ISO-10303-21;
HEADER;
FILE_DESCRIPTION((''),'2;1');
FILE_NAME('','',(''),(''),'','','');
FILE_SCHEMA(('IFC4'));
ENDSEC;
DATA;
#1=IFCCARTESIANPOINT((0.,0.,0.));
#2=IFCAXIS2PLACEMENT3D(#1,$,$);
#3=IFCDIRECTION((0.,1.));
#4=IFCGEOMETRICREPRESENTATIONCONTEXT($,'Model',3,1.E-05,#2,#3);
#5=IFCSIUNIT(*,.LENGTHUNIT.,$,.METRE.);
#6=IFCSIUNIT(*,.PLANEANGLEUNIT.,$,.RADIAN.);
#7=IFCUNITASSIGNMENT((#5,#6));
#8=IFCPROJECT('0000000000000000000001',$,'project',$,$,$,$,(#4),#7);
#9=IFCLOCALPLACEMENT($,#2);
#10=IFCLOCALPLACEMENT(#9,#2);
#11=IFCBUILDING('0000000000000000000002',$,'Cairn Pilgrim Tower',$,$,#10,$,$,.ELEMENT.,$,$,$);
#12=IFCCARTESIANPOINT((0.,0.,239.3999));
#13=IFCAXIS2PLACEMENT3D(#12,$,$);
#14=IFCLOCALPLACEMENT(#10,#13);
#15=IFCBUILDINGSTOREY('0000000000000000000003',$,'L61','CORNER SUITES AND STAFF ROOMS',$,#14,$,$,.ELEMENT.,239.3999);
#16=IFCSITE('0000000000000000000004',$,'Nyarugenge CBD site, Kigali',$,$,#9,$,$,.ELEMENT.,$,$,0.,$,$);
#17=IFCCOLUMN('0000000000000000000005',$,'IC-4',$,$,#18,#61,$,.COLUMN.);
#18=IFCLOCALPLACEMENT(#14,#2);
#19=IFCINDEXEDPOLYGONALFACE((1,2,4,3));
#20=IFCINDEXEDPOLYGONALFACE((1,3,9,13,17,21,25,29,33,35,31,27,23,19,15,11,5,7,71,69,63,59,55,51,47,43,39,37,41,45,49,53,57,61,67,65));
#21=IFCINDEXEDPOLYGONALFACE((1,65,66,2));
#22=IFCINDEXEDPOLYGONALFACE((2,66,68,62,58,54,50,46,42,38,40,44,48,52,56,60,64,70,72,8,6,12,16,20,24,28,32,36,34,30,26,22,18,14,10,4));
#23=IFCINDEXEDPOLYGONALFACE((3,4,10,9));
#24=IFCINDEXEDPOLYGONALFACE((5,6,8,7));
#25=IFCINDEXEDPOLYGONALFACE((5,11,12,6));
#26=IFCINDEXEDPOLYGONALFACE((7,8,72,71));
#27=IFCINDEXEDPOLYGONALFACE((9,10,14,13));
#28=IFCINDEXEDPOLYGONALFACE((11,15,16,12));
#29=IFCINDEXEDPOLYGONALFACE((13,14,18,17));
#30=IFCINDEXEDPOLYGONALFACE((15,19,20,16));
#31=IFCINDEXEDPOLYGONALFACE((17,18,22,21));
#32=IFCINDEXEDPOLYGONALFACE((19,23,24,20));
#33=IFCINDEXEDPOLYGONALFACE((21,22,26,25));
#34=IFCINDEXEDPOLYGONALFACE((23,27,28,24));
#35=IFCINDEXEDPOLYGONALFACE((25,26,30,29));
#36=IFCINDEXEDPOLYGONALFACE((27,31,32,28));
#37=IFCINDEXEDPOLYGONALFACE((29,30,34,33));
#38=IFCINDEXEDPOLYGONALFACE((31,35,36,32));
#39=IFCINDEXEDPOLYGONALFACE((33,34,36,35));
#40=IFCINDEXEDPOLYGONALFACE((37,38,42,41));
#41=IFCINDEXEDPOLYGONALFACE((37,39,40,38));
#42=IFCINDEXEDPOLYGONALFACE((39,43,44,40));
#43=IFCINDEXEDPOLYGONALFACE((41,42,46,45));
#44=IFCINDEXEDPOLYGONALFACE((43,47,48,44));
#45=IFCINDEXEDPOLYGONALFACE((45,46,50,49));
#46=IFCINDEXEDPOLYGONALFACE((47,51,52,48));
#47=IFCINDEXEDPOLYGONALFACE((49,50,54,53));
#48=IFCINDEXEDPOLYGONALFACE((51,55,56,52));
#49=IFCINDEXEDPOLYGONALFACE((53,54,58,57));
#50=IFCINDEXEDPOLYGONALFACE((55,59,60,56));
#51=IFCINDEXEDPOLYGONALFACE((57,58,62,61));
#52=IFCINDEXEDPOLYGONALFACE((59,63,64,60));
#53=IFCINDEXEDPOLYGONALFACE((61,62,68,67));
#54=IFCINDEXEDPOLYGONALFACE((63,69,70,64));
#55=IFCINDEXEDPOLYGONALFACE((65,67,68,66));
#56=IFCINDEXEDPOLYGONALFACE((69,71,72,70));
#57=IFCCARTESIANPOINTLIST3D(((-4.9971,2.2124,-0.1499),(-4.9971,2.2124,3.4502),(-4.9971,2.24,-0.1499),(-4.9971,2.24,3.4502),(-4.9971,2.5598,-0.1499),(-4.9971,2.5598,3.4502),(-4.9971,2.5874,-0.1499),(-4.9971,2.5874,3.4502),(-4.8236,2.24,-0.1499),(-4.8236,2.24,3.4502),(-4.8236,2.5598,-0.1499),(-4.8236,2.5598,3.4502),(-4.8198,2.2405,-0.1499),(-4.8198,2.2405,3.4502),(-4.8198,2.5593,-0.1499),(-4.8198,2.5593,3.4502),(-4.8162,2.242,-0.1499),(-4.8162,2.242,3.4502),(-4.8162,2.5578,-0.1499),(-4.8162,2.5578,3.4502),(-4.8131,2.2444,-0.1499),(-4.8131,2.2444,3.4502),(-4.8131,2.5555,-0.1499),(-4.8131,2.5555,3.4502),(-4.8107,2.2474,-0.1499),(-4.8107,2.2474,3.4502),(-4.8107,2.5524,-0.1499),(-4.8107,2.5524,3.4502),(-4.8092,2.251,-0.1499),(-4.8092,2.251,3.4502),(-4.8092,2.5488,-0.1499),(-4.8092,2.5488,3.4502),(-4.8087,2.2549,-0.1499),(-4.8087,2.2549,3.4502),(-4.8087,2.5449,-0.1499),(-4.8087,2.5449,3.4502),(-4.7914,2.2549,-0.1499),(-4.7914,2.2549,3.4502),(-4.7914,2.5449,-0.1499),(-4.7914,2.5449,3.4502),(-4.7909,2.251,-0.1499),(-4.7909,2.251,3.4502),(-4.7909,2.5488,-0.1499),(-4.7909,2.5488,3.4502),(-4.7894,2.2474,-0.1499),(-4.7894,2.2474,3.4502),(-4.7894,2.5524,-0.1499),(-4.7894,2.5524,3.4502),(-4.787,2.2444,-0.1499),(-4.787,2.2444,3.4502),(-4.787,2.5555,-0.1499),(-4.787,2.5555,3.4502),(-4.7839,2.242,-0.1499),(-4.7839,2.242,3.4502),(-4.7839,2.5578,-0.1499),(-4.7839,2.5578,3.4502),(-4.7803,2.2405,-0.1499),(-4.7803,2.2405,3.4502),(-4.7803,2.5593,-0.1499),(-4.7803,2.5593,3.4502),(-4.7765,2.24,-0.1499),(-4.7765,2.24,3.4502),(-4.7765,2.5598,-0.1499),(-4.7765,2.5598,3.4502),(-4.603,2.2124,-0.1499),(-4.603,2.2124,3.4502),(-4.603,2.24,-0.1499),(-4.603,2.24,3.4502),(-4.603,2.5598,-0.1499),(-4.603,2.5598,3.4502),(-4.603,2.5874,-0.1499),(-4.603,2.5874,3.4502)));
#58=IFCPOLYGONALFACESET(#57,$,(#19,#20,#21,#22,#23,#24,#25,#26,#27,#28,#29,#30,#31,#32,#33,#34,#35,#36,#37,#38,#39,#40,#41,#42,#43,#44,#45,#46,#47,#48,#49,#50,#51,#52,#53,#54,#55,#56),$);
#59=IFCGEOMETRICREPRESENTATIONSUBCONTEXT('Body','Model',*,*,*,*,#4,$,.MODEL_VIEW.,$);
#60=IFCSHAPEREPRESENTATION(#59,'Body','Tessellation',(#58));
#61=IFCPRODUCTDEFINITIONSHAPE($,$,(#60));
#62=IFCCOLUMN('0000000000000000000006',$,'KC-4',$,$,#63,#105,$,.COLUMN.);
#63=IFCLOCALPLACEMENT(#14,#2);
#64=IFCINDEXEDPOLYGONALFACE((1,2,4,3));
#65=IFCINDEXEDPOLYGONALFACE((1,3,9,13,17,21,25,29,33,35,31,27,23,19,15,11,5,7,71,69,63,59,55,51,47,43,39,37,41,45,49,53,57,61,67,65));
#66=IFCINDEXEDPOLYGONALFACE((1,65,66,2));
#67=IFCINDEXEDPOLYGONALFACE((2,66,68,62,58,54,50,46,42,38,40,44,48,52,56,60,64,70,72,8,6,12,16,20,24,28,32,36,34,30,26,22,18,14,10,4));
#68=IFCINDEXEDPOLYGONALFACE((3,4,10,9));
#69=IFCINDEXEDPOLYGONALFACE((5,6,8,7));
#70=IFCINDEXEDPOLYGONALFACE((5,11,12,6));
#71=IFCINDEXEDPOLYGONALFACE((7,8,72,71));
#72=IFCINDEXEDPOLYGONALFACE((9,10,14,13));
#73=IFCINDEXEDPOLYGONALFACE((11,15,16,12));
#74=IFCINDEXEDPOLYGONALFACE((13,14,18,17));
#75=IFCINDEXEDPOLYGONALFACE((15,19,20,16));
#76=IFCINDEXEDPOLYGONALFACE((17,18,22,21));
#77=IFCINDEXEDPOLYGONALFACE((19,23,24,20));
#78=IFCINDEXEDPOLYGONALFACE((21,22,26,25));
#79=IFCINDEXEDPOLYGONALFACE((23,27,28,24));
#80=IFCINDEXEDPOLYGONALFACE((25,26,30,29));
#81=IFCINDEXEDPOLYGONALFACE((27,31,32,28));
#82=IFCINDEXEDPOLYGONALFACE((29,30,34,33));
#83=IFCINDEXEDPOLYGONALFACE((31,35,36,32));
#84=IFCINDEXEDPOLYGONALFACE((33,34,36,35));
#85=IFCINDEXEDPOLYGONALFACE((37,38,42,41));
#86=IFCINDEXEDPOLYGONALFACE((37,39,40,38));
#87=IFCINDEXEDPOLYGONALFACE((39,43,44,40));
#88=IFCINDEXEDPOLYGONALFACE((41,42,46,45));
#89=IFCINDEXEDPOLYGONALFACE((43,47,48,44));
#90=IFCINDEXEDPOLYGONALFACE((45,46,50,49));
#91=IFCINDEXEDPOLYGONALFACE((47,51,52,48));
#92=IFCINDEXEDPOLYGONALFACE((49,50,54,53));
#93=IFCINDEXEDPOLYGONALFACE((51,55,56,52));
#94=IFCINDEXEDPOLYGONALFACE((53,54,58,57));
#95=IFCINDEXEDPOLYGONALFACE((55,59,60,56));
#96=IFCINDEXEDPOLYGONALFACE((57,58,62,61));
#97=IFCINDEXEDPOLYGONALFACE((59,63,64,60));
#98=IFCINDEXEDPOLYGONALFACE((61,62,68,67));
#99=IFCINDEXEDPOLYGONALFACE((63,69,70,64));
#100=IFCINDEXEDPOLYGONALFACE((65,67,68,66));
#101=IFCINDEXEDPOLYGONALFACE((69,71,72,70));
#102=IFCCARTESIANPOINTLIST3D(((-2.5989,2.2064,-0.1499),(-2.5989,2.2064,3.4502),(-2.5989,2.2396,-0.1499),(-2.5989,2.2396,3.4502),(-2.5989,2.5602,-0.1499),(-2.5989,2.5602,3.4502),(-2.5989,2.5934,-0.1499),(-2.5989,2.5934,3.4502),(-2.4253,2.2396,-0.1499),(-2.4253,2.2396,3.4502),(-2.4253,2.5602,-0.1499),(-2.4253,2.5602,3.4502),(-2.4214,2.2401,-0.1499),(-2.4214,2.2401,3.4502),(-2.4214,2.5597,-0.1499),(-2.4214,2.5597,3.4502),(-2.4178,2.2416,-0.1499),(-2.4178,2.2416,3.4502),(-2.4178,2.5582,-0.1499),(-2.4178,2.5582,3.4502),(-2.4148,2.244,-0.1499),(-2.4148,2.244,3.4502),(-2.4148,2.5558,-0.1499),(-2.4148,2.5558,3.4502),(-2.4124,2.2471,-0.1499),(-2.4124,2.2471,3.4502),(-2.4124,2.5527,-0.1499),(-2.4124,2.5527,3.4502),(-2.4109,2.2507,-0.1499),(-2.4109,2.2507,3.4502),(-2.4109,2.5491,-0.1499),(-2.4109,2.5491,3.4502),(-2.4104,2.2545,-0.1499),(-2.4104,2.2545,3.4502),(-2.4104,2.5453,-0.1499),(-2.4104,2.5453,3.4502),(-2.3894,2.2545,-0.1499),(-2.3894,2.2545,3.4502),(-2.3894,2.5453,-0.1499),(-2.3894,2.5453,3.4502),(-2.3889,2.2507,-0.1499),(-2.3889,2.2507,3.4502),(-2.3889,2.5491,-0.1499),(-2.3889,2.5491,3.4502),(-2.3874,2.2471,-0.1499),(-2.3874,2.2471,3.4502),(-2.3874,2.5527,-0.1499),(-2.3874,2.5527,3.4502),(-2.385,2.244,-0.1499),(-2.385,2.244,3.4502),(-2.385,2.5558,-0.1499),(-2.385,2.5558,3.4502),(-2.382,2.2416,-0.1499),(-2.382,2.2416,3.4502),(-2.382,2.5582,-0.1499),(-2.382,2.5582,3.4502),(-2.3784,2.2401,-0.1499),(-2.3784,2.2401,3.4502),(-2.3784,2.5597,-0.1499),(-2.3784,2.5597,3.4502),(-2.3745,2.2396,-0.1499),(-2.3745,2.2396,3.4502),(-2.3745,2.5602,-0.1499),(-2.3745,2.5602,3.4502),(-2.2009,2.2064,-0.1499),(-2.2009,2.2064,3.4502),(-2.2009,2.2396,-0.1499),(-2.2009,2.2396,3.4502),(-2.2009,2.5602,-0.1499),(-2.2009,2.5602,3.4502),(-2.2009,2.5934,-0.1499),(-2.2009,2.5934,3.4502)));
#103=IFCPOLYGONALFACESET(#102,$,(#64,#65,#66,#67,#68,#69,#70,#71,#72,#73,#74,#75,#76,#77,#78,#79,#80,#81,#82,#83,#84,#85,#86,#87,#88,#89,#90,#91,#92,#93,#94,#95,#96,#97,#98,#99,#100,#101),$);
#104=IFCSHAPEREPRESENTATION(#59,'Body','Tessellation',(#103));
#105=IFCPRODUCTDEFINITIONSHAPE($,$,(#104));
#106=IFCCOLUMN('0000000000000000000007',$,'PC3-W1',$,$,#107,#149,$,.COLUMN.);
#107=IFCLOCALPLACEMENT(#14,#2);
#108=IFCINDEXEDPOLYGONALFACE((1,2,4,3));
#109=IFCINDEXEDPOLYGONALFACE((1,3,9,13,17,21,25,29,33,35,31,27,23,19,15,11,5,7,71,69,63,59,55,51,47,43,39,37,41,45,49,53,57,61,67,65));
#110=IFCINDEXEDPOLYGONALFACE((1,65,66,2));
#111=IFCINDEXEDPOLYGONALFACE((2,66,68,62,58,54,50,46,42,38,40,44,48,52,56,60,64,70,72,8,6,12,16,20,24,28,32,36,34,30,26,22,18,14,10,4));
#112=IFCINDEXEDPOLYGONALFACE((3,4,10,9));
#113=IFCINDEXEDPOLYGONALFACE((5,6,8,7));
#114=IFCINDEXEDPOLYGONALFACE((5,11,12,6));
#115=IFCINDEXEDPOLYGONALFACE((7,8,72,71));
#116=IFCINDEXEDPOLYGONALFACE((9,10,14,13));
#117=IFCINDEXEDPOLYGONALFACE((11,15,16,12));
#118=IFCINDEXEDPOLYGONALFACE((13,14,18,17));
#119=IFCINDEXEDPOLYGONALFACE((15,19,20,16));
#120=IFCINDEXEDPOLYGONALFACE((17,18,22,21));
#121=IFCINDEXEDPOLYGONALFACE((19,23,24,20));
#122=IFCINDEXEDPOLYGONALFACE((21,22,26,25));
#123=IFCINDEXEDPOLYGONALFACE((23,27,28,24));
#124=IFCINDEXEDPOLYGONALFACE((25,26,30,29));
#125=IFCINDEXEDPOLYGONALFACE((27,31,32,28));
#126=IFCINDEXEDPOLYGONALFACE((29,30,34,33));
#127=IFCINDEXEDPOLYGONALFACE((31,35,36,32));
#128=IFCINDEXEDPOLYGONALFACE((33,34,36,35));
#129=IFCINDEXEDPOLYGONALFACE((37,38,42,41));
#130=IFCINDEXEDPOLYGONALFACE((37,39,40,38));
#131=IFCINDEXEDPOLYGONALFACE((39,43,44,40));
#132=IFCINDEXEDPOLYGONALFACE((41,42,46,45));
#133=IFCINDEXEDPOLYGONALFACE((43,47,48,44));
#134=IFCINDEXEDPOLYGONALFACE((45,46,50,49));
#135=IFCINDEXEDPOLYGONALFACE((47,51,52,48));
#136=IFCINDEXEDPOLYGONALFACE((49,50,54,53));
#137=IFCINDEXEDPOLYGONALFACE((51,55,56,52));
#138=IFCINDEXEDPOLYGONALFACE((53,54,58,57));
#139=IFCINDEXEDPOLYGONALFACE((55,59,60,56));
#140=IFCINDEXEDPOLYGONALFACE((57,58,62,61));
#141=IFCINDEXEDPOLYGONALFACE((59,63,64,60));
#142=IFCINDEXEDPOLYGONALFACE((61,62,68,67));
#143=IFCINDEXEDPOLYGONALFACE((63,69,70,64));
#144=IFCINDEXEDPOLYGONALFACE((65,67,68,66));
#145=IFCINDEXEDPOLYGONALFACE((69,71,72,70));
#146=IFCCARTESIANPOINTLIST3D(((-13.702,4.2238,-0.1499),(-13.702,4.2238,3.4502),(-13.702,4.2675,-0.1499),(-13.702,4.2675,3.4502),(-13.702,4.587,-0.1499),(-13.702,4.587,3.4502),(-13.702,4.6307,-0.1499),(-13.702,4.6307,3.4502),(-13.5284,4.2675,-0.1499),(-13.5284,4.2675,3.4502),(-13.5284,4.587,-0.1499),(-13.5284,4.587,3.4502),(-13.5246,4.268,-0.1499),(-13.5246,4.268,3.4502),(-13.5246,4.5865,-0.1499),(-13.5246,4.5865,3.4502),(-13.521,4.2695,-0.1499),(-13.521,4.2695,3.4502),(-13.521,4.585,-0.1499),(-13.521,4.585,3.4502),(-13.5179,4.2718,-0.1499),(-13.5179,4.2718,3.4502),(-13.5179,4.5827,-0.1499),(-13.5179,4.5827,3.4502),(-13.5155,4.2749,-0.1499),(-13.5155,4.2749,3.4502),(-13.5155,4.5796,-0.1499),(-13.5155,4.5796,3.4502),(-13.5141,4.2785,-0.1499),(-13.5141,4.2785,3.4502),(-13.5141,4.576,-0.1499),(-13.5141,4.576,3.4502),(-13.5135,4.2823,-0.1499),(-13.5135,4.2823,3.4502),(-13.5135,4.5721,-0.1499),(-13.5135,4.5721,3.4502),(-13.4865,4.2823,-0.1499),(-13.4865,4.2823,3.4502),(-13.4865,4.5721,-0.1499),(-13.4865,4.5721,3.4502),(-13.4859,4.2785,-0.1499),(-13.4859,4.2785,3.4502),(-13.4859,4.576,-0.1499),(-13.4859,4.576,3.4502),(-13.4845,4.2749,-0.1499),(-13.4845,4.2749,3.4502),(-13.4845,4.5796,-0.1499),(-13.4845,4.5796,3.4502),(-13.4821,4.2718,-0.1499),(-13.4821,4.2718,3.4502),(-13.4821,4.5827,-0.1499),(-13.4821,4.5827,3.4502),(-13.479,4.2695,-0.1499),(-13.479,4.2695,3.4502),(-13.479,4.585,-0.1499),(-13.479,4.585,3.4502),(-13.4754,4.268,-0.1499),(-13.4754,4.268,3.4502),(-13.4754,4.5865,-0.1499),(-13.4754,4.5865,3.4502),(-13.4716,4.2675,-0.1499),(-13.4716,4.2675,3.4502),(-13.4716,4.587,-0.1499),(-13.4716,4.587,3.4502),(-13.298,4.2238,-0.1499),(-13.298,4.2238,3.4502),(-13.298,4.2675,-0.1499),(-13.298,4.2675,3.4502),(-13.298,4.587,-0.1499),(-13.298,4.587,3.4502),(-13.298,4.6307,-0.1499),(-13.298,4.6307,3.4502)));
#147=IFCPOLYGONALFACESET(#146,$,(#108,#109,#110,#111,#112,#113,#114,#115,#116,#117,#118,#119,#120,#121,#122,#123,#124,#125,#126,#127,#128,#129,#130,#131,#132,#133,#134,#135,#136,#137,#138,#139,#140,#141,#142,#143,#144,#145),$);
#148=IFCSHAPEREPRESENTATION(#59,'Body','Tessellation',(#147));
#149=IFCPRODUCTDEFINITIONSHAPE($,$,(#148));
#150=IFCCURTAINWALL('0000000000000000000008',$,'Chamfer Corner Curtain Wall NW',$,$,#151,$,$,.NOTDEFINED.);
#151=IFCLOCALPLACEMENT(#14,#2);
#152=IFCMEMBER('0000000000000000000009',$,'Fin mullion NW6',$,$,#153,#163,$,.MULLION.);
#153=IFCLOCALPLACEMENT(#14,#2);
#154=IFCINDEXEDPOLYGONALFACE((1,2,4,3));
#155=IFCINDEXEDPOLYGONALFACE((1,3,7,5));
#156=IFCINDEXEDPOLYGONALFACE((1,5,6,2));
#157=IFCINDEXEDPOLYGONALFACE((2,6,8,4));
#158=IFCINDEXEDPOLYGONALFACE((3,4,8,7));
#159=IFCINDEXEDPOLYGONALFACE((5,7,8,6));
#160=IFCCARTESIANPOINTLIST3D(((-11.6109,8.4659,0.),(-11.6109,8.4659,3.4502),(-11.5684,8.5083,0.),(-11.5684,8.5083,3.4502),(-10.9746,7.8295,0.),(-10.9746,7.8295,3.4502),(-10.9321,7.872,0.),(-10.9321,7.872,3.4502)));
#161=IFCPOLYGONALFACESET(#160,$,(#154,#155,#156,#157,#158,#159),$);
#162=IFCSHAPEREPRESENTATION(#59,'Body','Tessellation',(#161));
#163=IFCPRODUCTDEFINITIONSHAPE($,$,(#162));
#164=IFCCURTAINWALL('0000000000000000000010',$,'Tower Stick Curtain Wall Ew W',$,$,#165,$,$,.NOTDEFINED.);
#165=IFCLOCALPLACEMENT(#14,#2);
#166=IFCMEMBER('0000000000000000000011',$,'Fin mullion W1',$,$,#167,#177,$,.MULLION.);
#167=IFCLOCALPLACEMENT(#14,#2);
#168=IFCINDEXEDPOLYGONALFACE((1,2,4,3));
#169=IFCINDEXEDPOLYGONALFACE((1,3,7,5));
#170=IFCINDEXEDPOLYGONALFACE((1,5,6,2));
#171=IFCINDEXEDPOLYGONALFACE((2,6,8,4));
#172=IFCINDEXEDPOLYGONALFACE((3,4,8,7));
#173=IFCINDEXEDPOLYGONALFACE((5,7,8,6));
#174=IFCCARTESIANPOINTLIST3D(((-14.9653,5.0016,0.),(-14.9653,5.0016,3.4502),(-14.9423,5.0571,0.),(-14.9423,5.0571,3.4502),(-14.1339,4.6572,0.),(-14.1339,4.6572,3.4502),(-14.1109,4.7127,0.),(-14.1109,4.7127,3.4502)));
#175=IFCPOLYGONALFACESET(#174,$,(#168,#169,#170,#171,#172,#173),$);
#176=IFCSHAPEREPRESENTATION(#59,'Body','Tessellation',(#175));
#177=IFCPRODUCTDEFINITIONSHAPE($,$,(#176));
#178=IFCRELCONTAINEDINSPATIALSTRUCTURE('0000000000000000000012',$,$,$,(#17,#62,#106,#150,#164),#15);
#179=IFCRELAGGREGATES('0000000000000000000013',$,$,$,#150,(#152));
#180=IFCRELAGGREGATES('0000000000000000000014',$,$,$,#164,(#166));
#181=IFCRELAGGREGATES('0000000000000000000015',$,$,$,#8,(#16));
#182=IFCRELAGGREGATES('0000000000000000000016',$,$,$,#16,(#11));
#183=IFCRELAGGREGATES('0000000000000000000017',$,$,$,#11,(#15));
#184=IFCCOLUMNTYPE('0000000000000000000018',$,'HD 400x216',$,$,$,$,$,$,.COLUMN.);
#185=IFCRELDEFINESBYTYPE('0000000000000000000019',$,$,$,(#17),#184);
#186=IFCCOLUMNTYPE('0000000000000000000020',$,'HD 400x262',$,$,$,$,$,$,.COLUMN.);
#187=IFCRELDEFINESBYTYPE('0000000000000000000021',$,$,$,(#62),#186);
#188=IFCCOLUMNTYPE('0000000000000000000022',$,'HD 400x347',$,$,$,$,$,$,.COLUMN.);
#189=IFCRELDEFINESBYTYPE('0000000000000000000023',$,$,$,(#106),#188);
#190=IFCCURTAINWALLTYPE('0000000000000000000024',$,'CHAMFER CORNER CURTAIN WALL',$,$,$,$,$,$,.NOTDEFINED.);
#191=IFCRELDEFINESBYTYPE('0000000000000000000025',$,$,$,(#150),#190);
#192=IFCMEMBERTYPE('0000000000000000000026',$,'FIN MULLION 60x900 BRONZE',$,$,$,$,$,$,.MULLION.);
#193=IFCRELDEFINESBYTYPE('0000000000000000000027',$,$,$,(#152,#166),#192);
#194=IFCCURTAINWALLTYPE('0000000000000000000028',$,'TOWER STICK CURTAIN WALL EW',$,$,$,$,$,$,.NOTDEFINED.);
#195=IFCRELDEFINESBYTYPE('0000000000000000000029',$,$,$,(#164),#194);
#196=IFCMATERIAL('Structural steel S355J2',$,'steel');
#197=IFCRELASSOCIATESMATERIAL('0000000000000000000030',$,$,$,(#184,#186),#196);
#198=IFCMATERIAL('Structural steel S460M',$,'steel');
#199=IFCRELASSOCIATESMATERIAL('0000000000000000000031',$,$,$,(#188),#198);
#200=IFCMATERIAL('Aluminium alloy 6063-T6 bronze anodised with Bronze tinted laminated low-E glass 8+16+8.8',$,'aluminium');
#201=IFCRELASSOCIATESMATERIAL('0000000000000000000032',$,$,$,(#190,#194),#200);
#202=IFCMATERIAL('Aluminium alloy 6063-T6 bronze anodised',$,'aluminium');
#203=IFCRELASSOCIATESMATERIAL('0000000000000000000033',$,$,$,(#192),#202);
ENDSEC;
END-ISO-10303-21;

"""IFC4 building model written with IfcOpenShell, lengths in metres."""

from ifc_helpers import new_model, si_unit, direction, frame, origin, origin_2d, place, context, subcontext, project, spatial, rectangle, i_section, extrude, material, material_profile, profile_set, type_object, element, aggregate, save


model = new_model("IFC4")

# Units and contexts
model_context = context("Model", 3, precision=1e-05, world=origin(), true_north=direction((0.0, 1.0)))
body_context = subcontext(model_context, "Body", "Model", "MODEL_VIEW")
ifc_project = project(units=[si_unit("LENGTHUNIT", "METRE"), si_unit("PLANEANGLEUNIT", "RADIAN")], contexts=[model_context])

# Site, building, storey
site_placement = place(None, origin())
site = spatial("IfcSite", under=ifc_project, at=site_placement, Name="Nyarugenge CBD site, Kigali", CompositionType="ELEMENT", RefElevation=0.0)
building_placement = place(site_placement, origin())
building = spatial("IfcBuilding", under=site, at=building_placement, Name="Cairn Pilgrim Tower", CompositionType="ELEMENT")
storey_placement = place(building_placement, frame((0.0, 0.0, 239.3999)))
storey = spatial("IfcBuildingStorey", under=building, at=storey_placement, Name="L61", Description="CORNER SUITES AND STAFF ROOMS", CompositionType="ELEMENT", Elevation=239.3999)

# Columns
ifc_material_1 = material(Name="Structural steel S355J2", Category="steel")
ifc_material_profile_1 = material_profile(ifc_material_1, i_section(OverallWidth=0.394, OverallDepth=0.375, WebThickness=0.0173, FlangeThickness=0.0276, FilletRadius=0.0149, at=origin_2d()), Name="HD 400x216")
ifc_profile_set_1 = profile_set([ifc_material_profile_1], Name="Structural steel S355J2")
column_type_1 = type_object("IfcColumnType", Name="HD 400x216", PredefinedType="COLUMN", material=ifc_profile_set_1)
column_1_placement = place(storey_placement, frame((-4.8, 2.3999, -0.1499), z_axis=(0.0, 0.0, 1.0), x_axis=(1.0, 0.0, 0.0)))
element("IfcColumn", 1, at=column_1_placement, inside=storey, type_object=column_type_1, Name="IC-4", PredefinedType="COLUMN", context=body_context, shape_type="SweptSolid", body=[
    extrude(i_section(OverallWidth=0.394, OverallDepth=0.375, WebThickness=0.0173, FlangeThickness=0.0276, FilletRadius=0.0149, at=origin_2d()), origin(), (0.0, 0.0, 1.0), 3.6001),
])
ifc_material_profile_2 = material_profile(ifc_material_1, i_section(OverallWidth=0.3979, OverallDepth=0.387, WebThickness=0.021, FlangeThickness=0.0332, FilletRadius=0.0149, at=origin_2d()), Name="HD 400x262")
ifc_profile_set_2 = profile_set([ifc_material_profile_2], Name="Structural steel S355J2")
column_type_2 = type_object("IfcColumnType", Name="HD 400x262", PredefinedType="COLUMN", material=ifc_profile_set_2)
column_2_placement = place(storey_placement, frame((-2.3999, 2.3999, -0.1499), z_axis=(0.0, 0.0, 1.0), x_axis=(1.0, 0.0, 0.0)))
element("IfcColumn", 2, at=column_2_placement, inside=storey, type_object=column_type_2, Name="KC-4", PredefinedType="COLUMN", context=body_context, shape_type="SweptSolid", body=[
    extrude(i_section(OverallWidth=0.3979, OverallDepth=0.387, WebThickness=0.021, FlangeThickness=0.0332, FilletRadius=0.0149, at=origin_2d()), origin(), (0.0, 0.0, 1.0), 3.6001),
])
ifc_material_2 = material(Name="Structural steel S460M", Category="steel")
ifc_material_profile_3 = material_profile(ifc_material_2, i_section(OverallWidth=0.4041, OverallDepth=0.407, WebThickness=0.0271, FlangeThickness=0.0437, FilletRadius=0.0149, at=origin_2d()), Name="HD 400x347")
ifc_profile_set_3 = profile_set([ifc_material_profile_3], Name="Structural steel S460M")
column_type_3 = type_object("IfcColumnType", Name="HD 400x347", PredefinedType="COLUMN", material=ifc_profile_set_3)
column_3_placement = place(storey_placement, frame((-13.5, 4.4272, -0.1499), z_axis=(0.0, 0.0, 1.0), x_axis=(1.0, 0.0, 0.0)))
element("IfcColumn", 3, at=column_3_placement, inside=storey, type_object=column_type_3, Name="PC3-W1", PredefinedType="COLUMN", context=body_context, shape_type="SweptSolid", body=[
    extrude(i_section(OverallWidth=0.4041, OverallDepth=0.407, WebThickness=0.0271, FlangeThickness=0.0437, FilletRadius=0.0149, at=origin_2d()), origin(), (0.0, 0.0, 1.0), 3.6001),
])

# Curtain walls, members
ifc_material_3 = material(Name="Aluminium alloy 6063-T6 bronze anodised with Bronze tinted laminated low-E glass 8+16+8.8", Category="aluminium")
curtain_wall_type_1 = type_object("IfcCurtainWallType", Name="CHAMFER CORNER CURTAIN WALL", PredefinedType="NOTDEFINED", material=ifc_material_3)
curtain_wall_1_placement = place(storey_placement, origin())
curtain_wall_1 = element("IfcCurtainWall", 4, at=curtain_wall_1_placement, inside=storey, type_object=curtain_wall_type_1, Name="Chamfer Corner Curtain Wall NW", PredefinedType="NOTDEFINED")
ifc_material_4 = material(Name="Aluminium alloy 6063-T6 bronze anodised", Category="aluminium")
ifc_material_profile_4 = material_profile(ifc_material_4, rectangle(XDim=0.8999, YDim=0.0601, at=origin_2d()), Name="FIN MULLION 60x900 BRONZE")
ifc_profile_set_4 = profile_set([ifc_material_profile_4], Name="Aluminium alloy 6063-T6 bronze anodised")
member_type_1 = type_object("IfcMemberType", Name="FIN MULLION 60x900 BRONZE", PredefinedType="MULLION", material=ifc_profile_set_4)
member_1_placement = place(storey_placement, frame((-11.2715, 8.1689, 0.0), z_axis=(0.0, 0.0, 1.0), x_axis=(-0.707107, 0.707107, 0.0)))
member_1 = element("IfcMember", 5, at=member_1_placement, type_object=member_type_1, Name="Fin mullion NW6", PredefinedType="MULLION", context=body_context, shape_type="SweptSolid", body=[
    extrude(rectangle(XDim=0.8999, YDim=0.0601, at=origin_2d()), origin(), (0.0, 0.0, 1.0), 3.4502),
])
curtain_wall_type_2 = type_object("IfcCurtainWallType", Name="TOWER STICK CURTAIN WALL EW", PredefinedType="NOTDEFINED", material=ifc_material_3)
curtain_wall_2_placement = place(storey_placement, origin())
curtain_wall_2 = element("IfcCurtainWall", 6, at=curtain_wall_2_placement, inside=storey, type_object=curtain_wall_type_2, Name="Tower Stick Curtain Wall Ew W", PredefinedType="NOTDEFINED")
member_2_placement = place(storey_placement, frame((-14.5381, 4.8572, 0.0), z_axis=(0.0, 0.0, 1.0), x_axis=(-0.92388, 0.382683, 0.0)))
member_2 = element("IfcMember", 7, at=member_2_placement, type_object=member_type_1, Name="Fin mullion W1", PredefinedType="MULLION", context=body_context, shape_type="SweptSolid", body=[
    extrude(rectangle(XDim=0.8999, YDim=0.0601, at=origin_2d()), origin(), (0.0, 0.0, 1.0), 3.4502),
])

aggregate(curtain_wall_1, [member_1])
aggregate(curtain_wall_2, [member_2])

save(model, "model.ifc")
